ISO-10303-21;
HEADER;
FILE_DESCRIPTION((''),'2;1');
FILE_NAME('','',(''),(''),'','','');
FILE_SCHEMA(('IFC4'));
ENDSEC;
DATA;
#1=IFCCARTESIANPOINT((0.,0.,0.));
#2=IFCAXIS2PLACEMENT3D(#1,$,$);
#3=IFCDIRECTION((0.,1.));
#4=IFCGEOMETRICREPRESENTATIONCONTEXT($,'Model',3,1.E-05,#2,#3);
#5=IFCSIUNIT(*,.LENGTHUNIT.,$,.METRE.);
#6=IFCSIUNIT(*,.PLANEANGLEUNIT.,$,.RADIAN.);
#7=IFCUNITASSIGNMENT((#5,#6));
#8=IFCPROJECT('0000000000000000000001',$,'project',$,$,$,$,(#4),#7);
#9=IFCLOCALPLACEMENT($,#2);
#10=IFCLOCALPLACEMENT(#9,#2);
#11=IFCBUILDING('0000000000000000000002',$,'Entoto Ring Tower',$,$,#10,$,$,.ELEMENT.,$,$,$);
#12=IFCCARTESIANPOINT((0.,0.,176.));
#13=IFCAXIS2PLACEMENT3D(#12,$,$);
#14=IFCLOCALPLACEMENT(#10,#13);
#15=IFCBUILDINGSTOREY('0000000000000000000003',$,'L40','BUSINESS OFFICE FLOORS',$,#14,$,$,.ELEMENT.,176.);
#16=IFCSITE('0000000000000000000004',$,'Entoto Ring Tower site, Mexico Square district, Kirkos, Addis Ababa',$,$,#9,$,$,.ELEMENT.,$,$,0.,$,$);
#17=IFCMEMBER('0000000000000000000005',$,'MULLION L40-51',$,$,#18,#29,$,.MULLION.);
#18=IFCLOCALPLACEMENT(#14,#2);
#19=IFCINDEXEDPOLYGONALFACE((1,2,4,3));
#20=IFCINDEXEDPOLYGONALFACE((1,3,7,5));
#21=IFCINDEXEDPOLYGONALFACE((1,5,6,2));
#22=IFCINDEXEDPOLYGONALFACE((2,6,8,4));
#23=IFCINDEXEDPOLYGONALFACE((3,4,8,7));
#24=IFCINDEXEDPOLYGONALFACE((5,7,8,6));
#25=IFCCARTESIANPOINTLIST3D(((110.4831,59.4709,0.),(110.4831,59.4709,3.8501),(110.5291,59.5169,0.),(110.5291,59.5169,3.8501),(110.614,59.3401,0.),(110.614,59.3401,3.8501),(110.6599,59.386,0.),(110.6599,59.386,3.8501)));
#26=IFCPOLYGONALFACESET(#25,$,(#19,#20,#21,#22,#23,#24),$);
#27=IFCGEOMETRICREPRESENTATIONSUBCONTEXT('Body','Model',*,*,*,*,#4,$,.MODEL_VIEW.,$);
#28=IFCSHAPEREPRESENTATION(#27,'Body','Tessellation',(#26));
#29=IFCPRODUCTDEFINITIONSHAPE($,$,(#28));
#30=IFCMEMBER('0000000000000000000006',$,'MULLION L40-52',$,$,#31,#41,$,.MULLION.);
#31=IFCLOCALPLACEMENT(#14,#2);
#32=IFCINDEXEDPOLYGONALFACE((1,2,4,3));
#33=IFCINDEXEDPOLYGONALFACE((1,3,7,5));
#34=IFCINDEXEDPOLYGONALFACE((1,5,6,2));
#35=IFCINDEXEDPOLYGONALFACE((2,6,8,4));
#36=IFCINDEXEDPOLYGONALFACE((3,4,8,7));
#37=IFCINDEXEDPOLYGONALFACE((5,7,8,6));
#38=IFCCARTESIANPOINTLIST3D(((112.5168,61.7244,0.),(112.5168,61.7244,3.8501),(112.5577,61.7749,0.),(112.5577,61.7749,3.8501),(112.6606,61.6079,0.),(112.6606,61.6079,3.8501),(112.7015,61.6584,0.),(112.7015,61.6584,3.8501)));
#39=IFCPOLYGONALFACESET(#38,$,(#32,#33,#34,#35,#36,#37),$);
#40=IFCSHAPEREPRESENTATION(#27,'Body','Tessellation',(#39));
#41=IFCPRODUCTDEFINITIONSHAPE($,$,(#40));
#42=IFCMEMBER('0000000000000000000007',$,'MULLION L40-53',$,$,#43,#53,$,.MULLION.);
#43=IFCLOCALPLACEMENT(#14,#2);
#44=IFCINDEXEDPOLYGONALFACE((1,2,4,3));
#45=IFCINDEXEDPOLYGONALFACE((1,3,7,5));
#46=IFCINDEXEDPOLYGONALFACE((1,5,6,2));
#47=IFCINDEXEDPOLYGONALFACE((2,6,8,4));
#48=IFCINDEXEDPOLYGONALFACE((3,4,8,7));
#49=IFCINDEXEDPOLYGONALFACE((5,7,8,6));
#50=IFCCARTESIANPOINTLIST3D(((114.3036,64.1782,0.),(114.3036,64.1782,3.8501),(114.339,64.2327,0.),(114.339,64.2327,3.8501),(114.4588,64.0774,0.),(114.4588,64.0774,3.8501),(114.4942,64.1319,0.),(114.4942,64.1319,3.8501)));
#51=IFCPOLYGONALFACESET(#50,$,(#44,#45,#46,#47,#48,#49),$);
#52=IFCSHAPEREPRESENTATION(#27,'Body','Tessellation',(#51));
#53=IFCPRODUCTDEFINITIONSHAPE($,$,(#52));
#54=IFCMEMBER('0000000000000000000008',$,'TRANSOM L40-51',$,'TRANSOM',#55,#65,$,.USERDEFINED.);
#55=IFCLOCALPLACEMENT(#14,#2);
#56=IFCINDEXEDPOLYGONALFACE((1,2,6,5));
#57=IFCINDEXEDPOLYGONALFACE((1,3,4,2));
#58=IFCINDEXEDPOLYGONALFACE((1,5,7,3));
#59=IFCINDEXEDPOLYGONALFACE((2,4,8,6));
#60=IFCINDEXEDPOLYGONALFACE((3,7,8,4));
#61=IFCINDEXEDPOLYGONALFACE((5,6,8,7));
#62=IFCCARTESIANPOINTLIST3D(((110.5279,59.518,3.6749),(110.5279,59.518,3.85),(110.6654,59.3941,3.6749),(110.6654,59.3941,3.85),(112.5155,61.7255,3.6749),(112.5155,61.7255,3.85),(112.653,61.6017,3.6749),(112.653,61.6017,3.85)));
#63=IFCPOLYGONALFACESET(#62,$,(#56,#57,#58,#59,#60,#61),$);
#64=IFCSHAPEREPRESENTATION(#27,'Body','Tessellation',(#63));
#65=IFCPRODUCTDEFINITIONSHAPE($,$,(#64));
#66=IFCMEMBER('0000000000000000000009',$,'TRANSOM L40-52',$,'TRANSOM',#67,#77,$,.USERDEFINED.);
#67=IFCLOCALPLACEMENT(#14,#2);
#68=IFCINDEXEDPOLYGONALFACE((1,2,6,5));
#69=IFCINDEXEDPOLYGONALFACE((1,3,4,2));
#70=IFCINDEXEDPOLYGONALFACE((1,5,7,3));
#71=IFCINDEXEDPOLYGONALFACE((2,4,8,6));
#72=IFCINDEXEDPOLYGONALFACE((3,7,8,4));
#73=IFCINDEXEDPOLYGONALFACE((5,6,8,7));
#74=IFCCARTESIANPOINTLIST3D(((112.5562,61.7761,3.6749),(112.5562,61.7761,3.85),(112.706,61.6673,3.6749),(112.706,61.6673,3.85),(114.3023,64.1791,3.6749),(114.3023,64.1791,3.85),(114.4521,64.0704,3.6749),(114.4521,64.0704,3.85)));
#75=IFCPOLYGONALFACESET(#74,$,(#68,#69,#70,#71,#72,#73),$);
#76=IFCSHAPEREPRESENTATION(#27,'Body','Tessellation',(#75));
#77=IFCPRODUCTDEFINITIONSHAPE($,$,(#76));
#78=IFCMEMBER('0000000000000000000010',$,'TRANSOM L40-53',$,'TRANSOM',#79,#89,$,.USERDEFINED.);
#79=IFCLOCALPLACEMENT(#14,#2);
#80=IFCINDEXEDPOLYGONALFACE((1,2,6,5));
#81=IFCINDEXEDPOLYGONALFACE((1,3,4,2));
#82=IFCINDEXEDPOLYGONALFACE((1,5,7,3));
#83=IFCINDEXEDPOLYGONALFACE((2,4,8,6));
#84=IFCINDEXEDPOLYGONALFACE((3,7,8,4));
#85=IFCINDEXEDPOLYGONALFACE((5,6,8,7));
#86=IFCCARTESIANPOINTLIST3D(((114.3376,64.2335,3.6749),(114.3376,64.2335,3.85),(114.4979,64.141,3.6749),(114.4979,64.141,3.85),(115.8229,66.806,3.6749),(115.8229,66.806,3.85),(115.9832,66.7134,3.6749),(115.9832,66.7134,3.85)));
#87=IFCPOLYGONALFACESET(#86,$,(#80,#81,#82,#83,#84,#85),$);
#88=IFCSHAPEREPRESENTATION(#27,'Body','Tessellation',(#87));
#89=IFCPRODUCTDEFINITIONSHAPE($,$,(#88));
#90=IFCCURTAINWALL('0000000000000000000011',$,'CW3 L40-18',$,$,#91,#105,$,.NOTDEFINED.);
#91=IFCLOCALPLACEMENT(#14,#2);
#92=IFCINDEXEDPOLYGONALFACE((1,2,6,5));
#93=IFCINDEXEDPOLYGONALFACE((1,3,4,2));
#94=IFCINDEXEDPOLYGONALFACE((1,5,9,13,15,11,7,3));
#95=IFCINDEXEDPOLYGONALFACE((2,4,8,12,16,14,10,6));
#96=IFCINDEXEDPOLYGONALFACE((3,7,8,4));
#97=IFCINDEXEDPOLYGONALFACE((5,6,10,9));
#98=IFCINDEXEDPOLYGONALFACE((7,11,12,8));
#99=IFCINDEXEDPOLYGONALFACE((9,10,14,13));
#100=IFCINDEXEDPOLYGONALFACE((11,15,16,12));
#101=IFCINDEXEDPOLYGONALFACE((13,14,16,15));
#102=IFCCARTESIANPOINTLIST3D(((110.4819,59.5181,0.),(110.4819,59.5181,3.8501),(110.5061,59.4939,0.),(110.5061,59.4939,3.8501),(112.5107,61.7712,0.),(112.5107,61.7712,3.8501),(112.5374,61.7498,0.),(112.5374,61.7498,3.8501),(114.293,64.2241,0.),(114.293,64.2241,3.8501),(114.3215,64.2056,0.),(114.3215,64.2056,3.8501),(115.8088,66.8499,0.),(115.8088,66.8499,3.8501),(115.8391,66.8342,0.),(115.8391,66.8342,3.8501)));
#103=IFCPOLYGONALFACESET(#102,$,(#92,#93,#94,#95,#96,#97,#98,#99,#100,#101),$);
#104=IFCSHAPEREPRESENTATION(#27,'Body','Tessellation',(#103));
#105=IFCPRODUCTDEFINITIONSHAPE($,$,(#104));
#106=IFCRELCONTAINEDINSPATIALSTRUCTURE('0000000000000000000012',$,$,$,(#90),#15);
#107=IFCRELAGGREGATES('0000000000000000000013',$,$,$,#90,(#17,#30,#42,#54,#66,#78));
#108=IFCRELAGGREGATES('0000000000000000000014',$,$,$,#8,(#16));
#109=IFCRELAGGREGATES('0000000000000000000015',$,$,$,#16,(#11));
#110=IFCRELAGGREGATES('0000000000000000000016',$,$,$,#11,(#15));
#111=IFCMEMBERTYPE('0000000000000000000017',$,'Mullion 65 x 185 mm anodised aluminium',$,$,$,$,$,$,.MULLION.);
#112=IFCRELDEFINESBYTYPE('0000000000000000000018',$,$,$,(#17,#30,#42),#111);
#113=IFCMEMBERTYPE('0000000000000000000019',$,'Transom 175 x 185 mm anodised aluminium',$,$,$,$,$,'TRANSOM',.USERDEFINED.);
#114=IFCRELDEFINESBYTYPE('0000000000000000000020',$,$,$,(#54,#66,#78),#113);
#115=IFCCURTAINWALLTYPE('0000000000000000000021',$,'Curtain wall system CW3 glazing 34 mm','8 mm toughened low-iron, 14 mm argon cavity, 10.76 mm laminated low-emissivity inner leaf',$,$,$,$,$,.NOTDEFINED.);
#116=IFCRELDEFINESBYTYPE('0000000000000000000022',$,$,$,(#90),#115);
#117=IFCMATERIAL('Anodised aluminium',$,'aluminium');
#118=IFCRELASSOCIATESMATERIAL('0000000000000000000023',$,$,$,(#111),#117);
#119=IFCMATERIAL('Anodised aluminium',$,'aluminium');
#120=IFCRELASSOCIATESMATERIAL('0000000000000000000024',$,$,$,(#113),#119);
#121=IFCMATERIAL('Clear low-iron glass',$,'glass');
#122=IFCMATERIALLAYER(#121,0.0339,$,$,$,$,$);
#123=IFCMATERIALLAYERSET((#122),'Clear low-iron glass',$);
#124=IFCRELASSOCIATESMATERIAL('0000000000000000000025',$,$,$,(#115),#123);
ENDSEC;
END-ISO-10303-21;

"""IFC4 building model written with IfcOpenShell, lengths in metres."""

from ifc_helpers import new_model, si_unit, direction, frame, origin, origin_2d, place, context, subcontext, project, spatial, polyline, rectangle, outline, extrude, material, layer, layer_set, material_profile, profile_set, type_object, element, aggregate, save


model = new_model("IFC4")

# Units and contexts
model_context = context("Model", 3, precision=1e-05, world=origin(), true_north=direction((0.0, 1.0)))
body_context = subcontext(model_context, "Body", "Model", "MODEL_VIEW")
ifc_project = project(units=[si_unit("LENGTHUNIT", "METRE"), si_unit("PLANEANGLEUNIT", "RADIAN")], contexts=[model_context])

# Members
ifc_material_1 = material(Name="Anodised aluminium", Category="aluminium")
ifc_material_profile_1 = material_profile(ifc_material_1, rectangle(XDim=0.0649, YDim=0.1851, at=origin_2d()), Name="Mullion 65 x 185 mm anodised aluminium")
ifc_profile_set_1 = profile_set([ifc_material_profile_1], Name="Anodised aluminium")
member_type_1 = type_object("IfcMemberType", Name="Mullion 65 x 185 mm anodised aluminium", PredefinedType="MULLION", material=ifc_profile_set_1)
site_placement = place(None, origin())
building_placement = place(site_placement, origin())
storey_placement = place(building_placement, frame((0.0, 0.0, 176.0)))
member_1_placement = place(storey_placement, frame((110.5715, 59.4285, 0.0), z_axis=(0.0, 0.0, 1.0), x_axis=(0.707107, 0.707107, 0.0)))
member_1 = element("IfcMember", 1, at=member_1_placement, type_object=member_type_1, Name="MULLION L40-51", PredefinedType="MULLION", context=body_context, shape_type="SweptSolid", body=[
    extrude(rectangle(XDim=0.0649, YDim=0.1851, at=origin_2d()), origin(), (0.0, 0.0, 1.0), 3.8501),
])
member_2_placement = place(storey_placement, frame((112.6091, 61.6914, 0.0), z_axis=(0.0, 0.0, 1.0), x_axis=(0.62932, 0.777146, 0.0)))
member_2 = element("IfcMember", 2, at=member_2_placement, type_object=member_type_1, Name="MULLION L40-52", PredefinedType="MULLION", context=body_context, shape_type="SweptSolid", body=[
    extrude(rectangle(XDim=0.0649, YDim=0.1851, at=origin_2d()), origin(), (0.0, 0.0, 1.0), 3.8501),
])
member_3_placement = place(storey_placement, frame((114.3989, 64.155, 0.0), z_axis=(0.0, 0.0, 1.0), x_axis=(0.544639, 0.838671, 0.0)))
member_3 = element("IfcMember", 3, at=member_3_placement, type_object=member_type_1, Name="MULLION L40-53", PredefinedType="MULLION", context=body_context, shape_type="SweptSolid", body=[
    extrude(rectangle(XDim=0.0649, YDim=0.1851, at=origin_2d()), origin(), (0.0, 0.0, 1.0), 3.8501),
])
ifc_material_2 = material(Name="Anodised aluminium", Category="aluminium")
ifc_material_profile_2 = material_profile(ifc_material_2, rectangle(XDim=0.1851, YDim=0.175, at=origin_2d()), Name="Transom 175 x 185 mm anodised aluminium")
ifc_profile_set_2 = profile_set([ifc_material_profile_2], Name="Anodised aluminium")
member_type_2 = type_object("IfcMemberType", Name="Transom 175 x 185 mm anodised aluminium", ElementType="TRANSOM", PredefinedType="USERDEFINED", material=ifc_profile_set_2)
member_4_placement = place(storey_placement, frame((110.5967, 59.4561, 3.7625), z_axis=(0.66911, 0.743163, 0.0), x_axis=(-0.743163, 0.66911, 0.0)))
member_4 = element("IfcMember", 4, at=member_4_placement, type_object=member_type_2, Name="TRANSOM L40-51", ObjectType="TRANSOM", PredefinedType="USERDEFINED", context=body_context, shape_type="SweptSolid", body=[
    extrude(rectangle(XDim=0.1851, YDim=0.175, at=origin_2d()), origin(), (0.0, 0.0, 1.0), 2.9705),
])
member_5_placement = place(storey_placement, frame((112.6311, 61.7217, 3.7625), z_axis=(0.58782, 0.808992, 0.0), x_axis=(-0.808992, 0.58782, 0.0)))
member_5 = element("IfcMember", 5, at=member_5_placement, type_object=member_type_2, Name="TRANSOM L40-52", ObjectType="TRANSOM", PredefinedType="USERDEFINED", context=body_context, shape_type="SweptSolid", body=[
    extrude(rectangle(XDim=0.1851, YDim=0.175, at=origin_2d()), origin(), (0.0, 0.0, 1.0), 2.9705),
])
member_6_placement = place(storey_placement, frame((114.4177, 64.1873, 3.7625), z_axis=(0.500028, 0.866009, 0.0), x_axis=(-0.866009, 0.500028, 0.0)))
member_6 = element("IfcMember", 6, at=member_6_placement, type_object=member_type_2, Name="TRANSOM L40-53", ObjectType="TRANSOM", PredefinedType="USERDEFINED", context=body_context, shape_type="SweptSolid", body=[
    extrude(rectangle(XDim=0.1851, YDim=0.175, at=origin_2d()), origin(), (0.0, 0.0, 1.0), 2.9705),
])

# Site, building, storey
site = spatial("IfcSite", under=ifc_project, at=site_placement, Name="Entoto Ring Tower site, Mexico Square district, Kirkos, Addis Ababa", CompositionType="ELEMENT", RefElevation=0.0)
building = spatial("IfcBuilding", under=site, at=building_placement, Name="Entoto Ring Tower", CompositionType="ELEMENT")
storey = spatial("IfcBuildingStorey", under=building, at=storey_placement, Name="L40", Description="BUSINESS OFFICE FLOORS", CompositionType="ELEMENT", Elevation=176.0)

# Curtain wall
ifc_material_3 = material(Name="Clear low-iron glass", Category="glass")
ifc_layer = layer(ifc_material_3, 0.0339)
ifc_layer_set = layer_set([ifc_layer], Name="Clear low-iron glass")
curtain_wall_type = type_object("IfcCurtainWallType", Name="Curtain wall system CW3 glazing 34 mm", Description="8 mm toughened low-iron, 14 mm argon cavity, 10.76 mm laminated low-emissivity inner leaf", PredefinedType="NOTDEFINED", material=ifc_layer_set)
curtain_wall_1_placement = place(storey_placement, origin())
curtain_wall_1 = element("IfcCurtainWall", 7, at=curtain_wall_1_placement, inside=storey, type_object=curtain_wall_type, Name="CW3 L40-18", PredefinedType="NOTDEFINED", context=body_context, shape_type="SweptSolid", body=[
    extrude(outline(polyline([(110.5061, 59.4939), (112.5374, 61.7498), (114.3215, 64.2056), (115.8391, 66.8342), (115.8088, 66.8499), (114.293, 64.2241), (112.5107, 61.7712), (110.4819, 59.5181), (110.5061, 59.4939)])), origin(), (0.0, 0.0, 1.0), 3.8501),
])
aggregate(curtain_wall_1, [member_1, member_2, member_3, member_4, member_5, member_6])

save(model, "model.ifc")
